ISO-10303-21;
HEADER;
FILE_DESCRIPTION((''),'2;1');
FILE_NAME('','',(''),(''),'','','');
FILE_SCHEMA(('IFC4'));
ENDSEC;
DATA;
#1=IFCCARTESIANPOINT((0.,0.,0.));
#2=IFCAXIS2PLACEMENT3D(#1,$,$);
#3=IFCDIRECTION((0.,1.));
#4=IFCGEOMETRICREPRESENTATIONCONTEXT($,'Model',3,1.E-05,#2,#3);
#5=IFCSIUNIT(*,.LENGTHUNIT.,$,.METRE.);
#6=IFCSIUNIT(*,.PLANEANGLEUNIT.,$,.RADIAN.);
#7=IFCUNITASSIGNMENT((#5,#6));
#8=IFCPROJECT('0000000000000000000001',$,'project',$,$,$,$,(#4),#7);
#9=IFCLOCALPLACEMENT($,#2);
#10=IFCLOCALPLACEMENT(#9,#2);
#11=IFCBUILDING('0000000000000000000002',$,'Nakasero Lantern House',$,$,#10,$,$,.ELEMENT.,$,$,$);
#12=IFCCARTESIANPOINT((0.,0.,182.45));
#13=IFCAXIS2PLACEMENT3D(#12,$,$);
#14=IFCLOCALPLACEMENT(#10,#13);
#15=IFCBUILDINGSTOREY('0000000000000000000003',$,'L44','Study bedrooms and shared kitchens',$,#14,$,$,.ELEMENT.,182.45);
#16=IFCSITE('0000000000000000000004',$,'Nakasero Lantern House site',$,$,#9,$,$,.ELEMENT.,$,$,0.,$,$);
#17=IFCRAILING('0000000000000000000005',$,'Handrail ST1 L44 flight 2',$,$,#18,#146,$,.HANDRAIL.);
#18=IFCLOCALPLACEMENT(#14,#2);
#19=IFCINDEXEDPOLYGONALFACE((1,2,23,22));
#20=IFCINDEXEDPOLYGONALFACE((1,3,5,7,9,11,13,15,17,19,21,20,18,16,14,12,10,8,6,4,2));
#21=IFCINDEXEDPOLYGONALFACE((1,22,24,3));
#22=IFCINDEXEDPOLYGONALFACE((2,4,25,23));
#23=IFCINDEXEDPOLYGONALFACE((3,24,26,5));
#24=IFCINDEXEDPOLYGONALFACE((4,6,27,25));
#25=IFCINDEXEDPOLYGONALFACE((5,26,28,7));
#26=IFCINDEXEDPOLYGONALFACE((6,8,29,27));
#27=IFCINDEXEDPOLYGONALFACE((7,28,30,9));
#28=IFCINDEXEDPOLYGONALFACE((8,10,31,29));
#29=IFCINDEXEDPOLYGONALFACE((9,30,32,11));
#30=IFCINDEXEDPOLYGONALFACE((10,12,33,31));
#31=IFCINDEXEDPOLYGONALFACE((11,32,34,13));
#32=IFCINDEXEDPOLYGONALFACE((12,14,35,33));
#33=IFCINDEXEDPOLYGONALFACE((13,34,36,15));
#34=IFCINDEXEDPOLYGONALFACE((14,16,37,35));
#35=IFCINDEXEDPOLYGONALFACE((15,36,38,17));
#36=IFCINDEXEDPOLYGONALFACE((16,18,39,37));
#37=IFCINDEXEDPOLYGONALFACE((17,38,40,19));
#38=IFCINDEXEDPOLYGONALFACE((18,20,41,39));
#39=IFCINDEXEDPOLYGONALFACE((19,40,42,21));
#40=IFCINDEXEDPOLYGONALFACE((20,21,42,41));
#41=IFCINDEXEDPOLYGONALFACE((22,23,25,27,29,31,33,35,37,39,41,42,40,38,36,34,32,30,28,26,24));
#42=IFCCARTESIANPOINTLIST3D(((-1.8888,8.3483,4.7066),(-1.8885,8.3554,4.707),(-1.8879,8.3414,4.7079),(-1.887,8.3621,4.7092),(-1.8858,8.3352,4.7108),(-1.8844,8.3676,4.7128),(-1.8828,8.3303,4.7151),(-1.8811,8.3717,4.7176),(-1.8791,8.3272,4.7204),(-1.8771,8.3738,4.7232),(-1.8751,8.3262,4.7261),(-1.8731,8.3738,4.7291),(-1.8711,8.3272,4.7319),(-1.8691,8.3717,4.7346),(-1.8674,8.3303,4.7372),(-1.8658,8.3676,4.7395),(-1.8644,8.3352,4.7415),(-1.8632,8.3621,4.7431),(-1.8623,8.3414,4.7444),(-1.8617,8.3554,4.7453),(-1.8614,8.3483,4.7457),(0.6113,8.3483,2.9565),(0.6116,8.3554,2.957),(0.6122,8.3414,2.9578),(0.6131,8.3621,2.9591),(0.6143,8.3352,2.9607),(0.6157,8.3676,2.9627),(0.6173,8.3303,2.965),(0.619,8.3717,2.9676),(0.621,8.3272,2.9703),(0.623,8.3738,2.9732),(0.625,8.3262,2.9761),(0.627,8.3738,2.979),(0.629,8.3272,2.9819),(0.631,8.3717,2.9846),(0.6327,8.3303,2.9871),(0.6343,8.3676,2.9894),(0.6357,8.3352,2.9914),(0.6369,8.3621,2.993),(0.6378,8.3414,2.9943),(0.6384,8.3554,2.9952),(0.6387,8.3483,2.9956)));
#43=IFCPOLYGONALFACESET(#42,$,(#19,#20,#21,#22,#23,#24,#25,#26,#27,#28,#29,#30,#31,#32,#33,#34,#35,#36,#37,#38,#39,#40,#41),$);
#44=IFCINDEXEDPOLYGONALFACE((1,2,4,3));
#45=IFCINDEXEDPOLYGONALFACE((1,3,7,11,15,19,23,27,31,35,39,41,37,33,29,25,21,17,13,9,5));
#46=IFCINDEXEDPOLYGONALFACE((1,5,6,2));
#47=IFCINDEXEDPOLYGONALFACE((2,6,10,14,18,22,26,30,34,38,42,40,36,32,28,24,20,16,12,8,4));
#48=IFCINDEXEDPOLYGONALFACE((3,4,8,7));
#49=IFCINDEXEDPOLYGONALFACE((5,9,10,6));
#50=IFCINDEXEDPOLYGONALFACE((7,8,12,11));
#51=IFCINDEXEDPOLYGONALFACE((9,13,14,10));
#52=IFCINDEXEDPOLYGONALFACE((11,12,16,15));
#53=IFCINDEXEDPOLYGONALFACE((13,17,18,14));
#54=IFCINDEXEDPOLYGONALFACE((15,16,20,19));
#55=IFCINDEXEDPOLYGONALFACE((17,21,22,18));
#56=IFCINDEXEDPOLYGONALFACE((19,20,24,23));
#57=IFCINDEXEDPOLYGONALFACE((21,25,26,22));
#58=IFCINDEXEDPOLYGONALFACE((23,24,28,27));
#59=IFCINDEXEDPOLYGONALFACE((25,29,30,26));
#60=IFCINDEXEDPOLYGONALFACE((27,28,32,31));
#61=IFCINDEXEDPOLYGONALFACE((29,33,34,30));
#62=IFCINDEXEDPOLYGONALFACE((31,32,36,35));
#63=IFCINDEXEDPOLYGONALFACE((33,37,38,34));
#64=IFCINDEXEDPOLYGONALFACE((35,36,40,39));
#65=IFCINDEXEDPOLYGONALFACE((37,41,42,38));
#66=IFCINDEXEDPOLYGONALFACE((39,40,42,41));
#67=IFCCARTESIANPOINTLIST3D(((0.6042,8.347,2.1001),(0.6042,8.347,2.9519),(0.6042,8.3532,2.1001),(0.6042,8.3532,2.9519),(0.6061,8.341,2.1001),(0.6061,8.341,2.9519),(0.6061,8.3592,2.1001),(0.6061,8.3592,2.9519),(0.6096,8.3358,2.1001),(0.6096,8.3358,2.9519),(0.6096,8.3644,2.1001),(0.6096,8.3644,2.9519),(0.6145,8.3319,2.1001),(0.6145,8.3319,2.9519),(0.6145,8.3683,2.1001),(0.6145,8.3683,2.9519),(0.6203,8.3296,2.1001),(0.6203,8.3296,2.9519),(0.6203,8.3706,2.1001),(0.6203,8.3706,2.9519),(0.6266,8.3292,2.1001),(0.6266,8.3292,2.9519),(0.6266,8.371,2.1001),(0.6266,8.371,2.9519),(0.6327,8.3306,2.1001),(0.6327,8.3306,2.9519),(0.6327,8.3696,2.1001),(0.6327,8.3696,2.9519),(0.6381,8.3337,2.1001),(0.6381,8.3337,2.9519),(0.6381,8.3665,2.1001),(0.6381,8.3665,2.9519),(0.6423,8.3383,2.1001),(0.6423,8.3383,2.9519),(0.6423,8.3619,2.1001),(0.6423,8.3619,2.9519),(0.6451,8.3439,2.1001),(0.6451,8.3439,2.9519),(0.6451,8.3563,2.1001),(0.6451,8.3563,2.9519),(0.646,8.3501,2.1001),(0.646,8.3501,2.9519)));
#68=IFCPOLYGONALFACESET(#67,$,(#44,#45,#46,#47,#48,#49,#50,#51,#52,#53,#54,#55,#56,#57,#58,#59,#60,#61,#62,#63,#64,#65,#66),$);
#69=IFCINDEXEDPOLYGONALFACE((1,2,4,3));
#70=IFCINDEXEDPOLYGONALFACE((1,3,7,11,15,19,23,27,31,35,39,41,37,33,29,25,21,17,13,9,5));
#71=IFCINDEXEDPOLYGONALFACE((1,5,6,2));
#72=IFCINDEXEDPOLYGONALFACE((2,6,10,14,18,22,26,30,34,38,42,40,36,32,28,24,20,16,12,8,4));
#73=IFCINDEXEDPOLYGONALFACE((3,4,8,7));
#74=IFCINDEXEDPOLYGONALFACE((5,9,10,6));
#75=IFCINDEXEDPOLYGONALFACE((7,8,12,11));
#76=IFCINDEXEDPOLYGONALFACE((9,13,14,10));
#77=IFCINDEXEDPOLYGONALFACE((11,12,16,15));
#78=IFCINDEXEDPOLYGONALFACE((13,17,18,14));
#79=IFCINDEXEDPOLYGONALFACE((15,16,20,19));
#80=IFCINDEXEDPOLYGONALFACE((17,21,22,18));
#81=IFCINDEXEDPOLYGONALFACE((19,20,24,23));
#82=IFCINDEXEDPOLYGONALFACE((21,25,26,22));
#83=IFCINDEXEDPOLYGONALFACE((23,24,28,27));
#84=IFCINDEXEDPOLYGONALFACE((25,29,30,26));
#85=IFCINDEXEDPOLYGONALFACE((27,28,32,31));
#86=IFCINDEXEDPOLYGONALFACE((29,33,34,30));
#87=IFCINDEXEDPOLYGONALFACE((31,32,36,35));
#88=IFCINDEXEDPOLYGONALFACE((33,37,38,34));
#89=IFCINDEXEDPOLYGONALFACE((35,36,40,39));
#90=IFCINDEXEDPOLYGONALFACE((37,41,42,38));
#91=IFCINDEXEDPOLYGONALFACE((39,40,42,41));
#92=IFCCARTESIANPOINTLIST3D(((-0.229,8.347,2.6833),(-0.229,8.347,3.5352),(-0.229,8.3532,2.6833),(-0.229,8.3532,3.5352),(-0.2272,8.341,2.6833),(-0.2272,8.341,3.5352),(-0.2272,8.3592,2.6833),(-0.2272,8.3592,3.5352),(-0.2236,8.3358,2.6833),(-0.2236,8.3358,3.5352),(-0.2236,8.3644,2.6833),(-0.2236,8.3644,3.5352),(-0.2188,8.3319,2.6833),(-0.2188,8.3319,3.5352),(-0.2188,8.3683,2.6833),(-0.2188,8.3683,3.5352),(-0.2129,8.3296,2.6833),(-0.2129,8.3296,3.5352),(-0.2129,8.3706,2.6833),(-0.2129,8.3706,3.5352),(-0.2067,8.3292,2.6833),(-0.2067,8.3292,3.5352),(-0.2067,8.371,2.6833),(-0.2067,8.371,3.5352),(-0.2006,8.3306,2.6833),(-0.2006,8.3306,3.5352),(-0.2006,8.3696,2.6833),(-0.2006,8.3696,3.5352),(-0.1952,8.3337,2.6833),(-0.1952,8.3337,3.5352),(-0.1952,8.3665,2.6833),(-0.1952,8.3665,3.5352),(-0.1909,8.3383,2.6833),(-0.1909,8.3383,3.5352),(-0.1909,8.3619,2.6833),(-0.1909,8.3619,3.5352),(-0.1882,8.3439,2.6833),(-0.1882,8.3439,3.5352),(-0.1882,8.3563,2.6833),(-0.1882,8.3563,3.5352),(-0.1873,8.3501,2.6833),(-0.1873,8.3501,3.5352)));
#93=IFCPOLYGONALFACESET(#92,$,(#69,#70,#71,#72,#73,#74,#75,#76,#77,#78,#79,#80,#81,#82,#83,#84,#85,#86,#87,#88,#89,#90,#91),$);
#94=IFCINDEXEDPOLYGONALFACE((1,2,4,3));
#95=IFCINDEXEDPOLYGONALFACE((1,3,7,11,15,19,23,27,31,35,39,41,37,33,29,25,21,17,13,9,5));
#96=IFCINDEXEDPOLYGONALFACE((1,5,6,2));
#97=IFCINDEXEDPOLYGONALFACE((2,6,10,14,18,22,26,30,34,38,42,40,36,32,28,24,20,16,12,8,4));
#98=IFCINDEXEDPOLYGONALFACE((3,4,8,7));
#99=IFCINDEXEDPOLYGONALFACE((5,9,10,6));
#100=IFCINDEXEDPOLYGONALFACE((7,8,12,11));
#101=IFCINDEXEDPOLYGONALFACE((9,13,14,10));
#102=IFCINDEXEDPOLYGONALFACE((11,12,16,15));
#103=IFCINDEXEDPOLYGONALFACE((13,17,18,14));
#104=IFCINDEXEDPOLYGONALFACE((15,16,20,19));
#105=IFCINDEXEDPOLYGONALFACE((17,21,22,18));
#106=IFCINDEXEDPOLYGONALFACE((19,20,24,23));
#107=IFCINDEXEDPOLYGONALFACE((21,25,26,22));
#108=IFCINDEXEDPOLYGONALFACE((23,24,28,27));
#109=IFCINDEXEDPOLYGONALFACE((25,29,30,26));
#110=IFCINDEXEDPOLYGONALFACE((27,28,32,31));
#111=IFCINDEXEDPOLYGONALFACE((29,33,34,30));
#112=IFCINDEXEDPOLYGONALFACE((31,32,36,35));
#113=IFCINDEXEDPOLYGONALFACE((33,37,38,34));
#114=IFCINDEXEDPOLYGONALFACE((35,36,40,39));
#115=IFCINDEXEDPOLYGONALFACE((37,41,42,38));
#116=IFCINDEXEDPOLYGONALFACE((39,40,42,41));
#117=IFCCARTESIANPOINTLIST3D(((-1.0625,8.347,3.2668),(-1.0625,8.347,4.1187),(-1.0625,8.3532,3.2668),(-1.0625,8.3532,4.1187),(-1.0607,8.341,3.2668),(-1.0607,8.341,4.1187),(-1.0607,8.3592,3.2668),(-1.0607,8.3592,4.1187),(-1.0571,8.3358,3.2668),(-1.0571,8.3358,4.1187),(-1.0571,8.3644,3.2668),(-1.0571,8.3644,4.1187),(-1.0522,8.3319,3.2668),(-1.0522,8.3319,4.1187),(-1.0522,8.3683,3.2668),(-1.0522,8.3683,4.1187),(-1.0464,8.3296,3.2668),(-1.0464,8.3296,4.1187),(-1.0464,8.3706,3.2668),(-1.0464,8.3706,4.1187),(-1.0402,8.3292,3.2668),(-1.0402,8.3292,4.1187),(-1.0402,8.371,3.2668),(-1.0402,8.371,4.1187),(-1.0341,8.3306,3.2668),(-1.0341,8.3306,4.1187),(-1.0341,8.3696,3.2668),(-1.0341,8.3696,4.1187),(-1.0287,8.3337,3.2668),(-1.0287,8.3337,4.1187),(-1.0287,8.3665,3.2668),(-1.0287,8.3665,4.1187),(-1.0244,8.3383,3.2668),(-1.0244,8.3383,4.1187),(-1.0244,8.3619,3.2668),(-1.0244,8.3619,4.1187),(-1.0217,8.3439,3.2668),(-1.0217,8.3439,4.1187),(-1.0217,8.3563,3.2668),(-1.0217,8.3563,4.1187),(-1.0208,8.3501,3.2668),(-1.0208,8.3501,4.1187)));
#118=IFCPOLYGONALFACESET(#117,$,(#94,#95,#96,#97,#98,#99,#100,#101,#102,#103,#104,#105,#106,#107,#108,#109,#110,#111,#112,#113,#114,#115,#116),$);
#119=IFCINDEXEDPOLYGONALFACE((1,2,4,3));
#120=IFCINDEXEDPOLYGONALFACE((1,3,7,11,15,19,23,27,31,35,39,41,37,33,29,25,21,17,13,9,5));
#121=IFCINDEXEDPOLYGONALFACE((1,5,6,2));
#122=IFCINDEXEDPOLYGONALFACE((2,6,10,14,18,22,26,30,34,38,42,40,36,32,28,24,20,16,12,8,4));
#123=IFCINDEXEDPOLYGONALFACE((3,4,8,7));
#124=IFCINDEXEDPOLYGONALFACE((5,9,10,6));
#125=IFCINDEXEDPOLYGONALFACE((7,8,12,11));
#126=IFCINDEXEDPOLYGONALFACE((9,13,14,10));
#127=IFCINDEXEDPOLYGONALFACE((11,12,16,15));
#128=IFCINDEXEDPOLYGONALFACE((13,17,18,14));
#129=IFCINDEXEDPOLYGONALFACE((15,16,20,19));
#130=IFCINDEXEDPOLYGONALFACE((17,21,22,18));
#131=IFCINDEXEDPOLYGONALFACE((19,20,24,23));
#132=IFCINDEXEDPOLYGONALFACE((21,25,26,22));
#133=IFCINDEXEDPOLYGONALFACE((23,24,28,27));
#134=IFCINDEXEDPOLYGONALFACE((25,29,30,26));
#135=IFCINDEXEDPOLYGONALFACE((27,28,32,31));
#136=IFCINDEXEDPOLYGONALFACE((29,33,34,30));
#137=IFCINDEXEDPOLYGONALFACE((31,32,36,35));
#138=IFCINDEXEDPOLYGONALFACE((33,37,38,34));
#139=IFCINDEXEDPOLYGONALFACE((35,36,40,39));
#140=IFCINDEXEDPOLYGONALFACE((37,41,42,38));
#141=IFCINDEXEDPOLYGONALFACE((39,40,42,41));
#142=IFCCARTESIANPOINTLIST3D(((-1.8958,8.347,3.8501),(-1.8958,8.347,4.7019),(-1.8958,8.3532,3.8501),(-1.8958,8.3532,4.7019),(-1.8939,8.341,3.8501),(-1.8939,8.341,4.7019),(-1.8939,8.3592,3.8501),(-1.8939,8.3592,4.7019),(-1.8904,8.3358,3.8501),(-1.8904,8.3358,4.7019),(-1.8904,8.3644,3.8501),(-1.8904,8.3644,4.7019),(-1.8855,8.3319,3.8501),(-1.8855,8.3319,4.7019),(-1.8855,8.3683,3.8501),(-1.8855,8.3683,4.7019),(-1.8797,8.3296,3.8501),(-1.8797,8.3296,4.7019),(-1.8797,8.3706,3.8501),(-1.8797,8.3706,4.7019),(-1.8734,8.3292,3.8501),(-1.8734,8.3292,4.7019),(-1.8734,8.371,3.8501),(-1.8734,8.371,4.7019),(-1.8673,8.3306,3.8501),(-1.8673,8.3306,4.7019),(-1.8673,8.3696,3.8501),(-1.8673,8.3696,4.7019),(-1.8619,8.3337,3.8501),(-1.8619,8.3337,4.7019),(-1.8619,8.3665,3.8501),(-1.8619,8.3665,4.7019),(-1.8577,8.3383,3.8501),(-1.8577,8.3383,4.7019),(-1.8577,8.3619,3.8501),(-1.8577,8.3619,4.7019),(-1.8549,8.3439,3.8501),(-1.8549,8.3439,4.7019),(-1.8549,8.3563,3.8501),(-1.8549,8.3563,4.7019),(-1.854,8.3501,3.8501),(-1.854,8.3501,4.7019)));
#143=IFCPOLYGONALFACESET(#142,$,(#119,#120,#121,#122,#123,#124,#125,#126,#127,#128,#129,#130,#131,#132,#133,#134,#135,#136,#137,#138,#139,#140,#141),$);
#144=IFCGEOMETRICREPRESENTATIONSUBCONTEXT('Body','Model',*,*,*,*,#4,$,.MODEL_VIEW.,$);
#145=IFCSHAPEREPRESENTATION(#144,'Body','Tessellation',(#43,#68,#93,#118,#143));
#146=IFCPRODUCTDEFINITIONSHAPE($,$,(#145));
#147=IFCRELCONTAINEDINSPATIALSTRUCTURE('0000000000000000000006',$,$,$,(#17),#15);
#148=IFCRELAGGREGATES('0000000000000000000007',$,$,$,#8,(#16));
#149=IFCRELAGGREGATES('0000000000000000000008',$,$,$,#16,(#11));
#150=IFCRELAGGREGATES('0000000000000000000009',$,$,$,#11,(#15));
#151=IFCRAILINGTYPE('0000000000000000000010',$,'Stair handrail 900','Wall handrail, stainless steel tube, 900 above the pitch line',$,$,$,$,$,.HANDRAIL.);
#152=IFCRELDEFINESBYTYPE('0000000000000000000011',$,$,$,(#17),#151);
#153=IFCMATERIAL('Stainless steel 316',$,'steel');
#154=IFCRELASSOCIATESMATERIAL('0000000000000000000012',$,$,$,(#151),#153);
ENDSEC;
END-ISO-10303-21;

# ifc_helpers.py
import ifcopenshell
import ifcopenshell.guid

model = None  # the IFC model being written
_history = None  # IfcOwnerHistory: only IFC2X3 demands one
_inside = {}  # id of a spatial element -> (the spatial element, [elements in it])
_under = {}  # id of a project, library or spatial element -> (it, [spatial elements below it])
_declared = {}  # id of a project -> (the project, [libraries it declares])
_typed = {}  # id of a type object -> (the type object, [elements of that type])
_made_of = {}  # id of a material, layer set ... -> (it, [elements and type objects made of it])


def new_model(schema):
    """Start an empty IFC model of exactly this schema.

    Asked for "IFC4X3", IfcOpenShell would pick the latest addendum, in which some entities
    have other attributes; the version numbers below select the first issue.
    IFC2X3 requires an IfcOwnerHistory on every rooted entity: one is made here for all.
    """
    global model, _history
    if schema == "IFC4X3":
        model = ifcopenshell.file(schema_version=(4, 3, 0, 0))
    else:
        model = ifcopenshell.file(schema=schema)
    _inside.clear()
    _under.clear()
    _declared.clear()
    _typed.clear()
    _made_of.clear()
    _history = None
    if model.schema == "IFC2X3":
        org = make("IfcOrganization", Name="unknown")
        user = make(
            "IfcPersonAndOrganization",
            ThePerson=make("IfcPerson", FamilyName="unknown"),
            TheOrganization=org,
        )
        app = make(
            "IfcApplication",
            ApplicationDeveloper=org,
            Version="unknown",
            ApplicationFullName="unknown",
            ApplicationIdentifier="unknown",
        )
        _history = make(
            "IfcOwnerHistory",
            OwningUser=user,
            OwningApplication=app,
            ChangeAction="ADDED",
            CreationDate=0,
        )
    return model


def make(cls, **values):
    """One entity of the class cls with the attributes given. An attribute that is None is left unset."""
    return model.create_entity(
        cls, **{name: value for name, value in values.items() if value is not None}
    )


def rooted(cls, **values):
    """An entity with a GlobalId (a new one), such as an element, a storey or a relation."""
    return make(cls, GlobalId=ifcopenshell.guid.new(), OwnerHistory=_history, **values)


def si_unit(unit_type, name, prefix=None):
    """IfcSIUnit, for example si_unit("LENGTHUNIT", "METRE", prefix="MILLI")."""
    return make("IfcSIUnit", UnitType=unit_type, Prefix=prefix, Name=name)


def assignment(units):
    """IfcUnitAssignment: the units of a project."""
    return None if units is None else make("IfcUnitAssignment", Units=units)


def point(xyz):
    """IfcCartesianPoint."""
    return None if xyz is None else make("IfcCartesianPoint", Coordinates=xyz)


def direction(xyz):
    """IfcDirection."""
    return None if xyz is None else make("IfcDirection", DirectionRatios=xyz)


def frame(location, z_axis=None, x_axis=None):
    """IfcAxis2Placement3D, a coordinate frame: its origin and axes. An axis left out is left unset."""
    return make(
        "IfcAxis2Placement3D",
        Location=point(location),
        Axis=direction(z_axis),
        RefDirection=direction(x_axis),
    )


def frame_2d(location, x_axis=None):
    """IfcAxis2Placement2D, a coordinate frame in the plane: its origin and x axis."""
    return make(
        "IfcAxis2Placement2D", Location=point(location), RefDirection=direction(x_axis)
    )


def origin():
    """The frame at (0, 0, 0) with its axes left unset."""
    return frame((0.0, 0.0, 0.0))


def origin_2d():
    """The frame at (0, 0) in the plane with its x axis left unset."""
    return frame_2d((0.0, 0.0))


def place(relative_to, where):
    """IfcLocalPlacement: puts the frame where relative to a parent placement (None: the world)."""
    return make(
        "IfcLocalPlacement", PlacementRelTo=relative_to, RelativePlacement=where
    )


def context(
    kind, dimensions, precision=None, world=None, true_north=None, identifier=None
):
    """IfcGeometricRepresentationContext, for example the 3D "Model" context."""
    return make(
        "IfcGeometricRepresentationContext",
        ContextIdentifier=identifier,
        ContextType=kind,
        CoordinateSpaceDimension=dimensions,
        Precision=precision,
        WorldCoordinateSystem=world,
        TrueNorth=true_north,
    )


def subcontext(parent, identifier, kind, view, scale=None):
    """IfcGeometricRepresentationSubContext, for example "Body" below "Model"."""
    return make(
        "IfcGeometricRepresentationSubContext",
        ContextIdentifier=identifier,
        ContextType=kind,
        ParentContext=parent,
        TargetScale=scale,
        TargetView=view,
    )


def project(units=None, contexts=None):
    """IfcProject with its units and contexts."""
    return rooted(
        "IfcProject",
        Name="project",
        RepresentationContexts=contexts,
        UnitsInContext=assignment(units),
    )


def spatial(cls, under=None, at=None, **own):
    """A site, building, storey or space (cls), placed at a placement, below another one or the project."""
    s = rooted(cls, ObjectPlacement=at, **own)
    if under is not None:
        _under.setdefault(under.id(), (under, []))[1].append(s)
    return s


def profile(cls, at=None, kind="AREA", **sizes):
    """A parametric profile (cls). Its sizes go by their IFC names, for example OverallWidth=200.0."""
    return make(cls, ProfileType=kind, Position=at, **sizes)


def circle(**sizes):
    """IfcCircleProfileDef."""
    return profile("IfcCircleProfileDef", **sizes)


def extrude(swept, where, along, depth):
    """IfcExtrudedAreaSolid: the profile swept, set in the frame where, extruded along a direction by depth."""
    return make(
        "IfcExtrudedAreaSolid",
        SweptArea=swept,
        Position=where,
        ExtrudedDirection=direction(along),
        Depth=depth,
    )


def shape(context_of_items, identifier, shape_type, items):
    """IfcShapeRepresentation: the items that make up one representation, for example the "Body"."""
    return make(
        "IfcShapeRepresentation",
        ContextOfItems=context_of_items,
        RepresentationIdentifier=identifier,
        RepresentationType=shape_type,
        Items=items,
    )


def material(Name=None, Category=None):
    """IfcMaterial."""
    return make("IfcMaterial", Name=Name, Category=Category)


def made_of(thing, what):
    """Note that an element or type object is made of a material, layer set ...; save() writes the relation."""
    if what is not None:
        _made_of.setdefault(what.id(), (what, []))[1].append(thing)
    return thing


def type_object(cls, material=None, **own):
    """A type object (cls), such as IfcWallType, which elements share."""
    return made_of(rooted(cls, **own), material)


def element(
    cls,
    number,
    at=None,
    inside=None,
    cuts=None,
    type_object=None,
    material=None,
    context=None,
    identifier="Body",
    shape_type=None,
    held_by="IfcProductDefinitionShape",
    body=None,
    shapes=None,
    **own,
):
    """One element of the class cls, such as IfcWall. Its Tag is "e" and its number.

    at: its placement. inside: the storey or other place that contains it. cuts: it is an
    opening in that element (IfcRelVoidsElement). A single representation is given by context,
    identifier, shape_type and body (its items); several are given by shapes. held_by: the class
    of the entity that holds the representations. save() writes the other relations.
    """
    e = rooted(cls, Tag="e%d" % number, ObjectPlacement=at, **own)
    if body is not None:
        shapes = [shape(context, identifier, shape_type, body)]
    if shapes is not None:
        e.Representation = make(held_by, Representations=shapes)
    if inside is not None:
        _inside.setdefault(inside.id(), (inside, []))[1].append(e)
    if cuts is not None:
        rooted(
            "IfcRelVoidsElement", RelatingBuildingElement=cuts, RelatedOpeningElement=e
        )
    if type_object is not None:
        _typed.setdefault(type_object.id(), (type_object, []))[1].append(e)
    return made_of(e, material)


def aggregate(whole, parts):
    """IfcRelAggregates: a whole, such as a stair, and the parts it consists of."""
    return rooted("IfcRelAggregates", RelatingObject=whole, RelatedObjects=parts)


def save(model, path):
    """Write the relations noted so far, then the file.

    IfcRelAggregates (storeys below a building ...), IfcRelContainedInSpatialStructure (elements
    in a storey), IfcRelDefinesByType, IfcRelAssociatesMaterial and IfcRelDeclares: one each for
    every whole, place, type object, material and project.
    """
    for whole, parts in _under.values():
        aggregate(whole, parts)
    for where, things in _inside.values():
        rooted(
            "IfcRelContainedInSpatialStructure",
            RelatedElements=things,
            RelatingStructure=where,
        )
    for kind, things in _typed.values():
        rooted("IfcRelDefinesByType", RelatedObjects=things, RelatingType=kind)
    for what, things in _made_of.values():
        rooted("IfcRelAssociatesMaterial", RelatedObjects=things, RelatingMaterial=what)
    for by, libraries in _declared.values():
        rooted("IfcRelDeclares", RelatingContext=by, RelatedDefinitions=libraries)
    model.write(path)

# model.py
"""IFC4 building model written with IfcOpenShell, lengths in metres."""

from ifc_helpers import new_model, si_unit, direction, frame, origin, origin_2d, place, context, subcontext, project, spatial, circle, extrude, material, type_object, element, save


model = new_model("IFC4")

# Units and contexts
model_context = context("Model", 3, precision=1e-05, world=origin(), true_north=direction((0.0, 1.0)))
body_context = subcontext(model_context, "Body", "Model", "MODEL_VIEW")
ifc_project = project(units=[si_unit("LENGTHUNIT", "METRE"), si_unit("PLANEANGLEUNIT", "RADIAN")], contexts=[model_context])

# Site, building, storey
site_placement = place(None, origin())
site = spatial("IfcSite", under=ifc_project, at=site_placement, Name="Nakasero Lantern House site", CompositionType="ELEMENT", RefElevation=0.0)
building_placement = place(site_placement, origin())
building = spatial("IfcBuilding", under=site, at=building_placement, Name="Nakasero Lantern House", CompositionType="ELEMENT")
storey_placement = place(building_placement, frame((0.0, 0.0, 182.45)))
storey = spatial("IfcBuildingStorey", under=building, at=storey_placement, Name="L44", Description="Study bedrooms and shared kitchens", CompositionType="ELEMENT", Elevation=182.45)

# Railing
ifc_material_1 = material(Name="Stainless steel 316", Category="steel")
railing_type = type_object("IfcRailingType", Name="Stair handrail 900", Description="Wall handrail, stainless steel tube, 900 above the pitch line", PredefinedType="HANDRAIL", material=ifc_material_1)
railing_placement = place(storey_placement, frame((0.625, 8.3501, 2.1001)))
element("IfcRailing", 1, at=railing_placement, inside=storey, type_object=railing_type, Name="Handrail ST1 L44 flight 2", PredefinedType="HANDRAIL", context=body_context, shape_type="SweptSolid", body=[
    extrude(circle(Radius=0.0239, at=origin_2d()), frame((0.0, 0.0, 0.876), z_axis=(-0.819232, 0.0, 0.573462), x_axis=(0.0, -1.0, 0.0)), (0.0, 0.0, 1.0), 3.0518),
    extrude(circle(Radius=0.021, at=origin_2d()), origin(), (0.0, 0.0, 1.0), 0.8518),
    extrude(circle(Radius=0.021, at=origin_2d()), frame((-0.8333, 0.0, 0.5833)), (0.0, 0.0, 1.0), 0.8518),
    extrude(circle(Radius=0.021, at=origin_2d()), frame((-1.6667, 0.0, 1.1667)), (0.0, 0.0, 1.0), 0.8518),
    extrude(circle(Radius=0.021, at=origin_2d()), frame((-2.5, 0.0, 1.75)), (0.0, 0.0, 1.0), 0.8518),
])

save(model, "model.ifc")
